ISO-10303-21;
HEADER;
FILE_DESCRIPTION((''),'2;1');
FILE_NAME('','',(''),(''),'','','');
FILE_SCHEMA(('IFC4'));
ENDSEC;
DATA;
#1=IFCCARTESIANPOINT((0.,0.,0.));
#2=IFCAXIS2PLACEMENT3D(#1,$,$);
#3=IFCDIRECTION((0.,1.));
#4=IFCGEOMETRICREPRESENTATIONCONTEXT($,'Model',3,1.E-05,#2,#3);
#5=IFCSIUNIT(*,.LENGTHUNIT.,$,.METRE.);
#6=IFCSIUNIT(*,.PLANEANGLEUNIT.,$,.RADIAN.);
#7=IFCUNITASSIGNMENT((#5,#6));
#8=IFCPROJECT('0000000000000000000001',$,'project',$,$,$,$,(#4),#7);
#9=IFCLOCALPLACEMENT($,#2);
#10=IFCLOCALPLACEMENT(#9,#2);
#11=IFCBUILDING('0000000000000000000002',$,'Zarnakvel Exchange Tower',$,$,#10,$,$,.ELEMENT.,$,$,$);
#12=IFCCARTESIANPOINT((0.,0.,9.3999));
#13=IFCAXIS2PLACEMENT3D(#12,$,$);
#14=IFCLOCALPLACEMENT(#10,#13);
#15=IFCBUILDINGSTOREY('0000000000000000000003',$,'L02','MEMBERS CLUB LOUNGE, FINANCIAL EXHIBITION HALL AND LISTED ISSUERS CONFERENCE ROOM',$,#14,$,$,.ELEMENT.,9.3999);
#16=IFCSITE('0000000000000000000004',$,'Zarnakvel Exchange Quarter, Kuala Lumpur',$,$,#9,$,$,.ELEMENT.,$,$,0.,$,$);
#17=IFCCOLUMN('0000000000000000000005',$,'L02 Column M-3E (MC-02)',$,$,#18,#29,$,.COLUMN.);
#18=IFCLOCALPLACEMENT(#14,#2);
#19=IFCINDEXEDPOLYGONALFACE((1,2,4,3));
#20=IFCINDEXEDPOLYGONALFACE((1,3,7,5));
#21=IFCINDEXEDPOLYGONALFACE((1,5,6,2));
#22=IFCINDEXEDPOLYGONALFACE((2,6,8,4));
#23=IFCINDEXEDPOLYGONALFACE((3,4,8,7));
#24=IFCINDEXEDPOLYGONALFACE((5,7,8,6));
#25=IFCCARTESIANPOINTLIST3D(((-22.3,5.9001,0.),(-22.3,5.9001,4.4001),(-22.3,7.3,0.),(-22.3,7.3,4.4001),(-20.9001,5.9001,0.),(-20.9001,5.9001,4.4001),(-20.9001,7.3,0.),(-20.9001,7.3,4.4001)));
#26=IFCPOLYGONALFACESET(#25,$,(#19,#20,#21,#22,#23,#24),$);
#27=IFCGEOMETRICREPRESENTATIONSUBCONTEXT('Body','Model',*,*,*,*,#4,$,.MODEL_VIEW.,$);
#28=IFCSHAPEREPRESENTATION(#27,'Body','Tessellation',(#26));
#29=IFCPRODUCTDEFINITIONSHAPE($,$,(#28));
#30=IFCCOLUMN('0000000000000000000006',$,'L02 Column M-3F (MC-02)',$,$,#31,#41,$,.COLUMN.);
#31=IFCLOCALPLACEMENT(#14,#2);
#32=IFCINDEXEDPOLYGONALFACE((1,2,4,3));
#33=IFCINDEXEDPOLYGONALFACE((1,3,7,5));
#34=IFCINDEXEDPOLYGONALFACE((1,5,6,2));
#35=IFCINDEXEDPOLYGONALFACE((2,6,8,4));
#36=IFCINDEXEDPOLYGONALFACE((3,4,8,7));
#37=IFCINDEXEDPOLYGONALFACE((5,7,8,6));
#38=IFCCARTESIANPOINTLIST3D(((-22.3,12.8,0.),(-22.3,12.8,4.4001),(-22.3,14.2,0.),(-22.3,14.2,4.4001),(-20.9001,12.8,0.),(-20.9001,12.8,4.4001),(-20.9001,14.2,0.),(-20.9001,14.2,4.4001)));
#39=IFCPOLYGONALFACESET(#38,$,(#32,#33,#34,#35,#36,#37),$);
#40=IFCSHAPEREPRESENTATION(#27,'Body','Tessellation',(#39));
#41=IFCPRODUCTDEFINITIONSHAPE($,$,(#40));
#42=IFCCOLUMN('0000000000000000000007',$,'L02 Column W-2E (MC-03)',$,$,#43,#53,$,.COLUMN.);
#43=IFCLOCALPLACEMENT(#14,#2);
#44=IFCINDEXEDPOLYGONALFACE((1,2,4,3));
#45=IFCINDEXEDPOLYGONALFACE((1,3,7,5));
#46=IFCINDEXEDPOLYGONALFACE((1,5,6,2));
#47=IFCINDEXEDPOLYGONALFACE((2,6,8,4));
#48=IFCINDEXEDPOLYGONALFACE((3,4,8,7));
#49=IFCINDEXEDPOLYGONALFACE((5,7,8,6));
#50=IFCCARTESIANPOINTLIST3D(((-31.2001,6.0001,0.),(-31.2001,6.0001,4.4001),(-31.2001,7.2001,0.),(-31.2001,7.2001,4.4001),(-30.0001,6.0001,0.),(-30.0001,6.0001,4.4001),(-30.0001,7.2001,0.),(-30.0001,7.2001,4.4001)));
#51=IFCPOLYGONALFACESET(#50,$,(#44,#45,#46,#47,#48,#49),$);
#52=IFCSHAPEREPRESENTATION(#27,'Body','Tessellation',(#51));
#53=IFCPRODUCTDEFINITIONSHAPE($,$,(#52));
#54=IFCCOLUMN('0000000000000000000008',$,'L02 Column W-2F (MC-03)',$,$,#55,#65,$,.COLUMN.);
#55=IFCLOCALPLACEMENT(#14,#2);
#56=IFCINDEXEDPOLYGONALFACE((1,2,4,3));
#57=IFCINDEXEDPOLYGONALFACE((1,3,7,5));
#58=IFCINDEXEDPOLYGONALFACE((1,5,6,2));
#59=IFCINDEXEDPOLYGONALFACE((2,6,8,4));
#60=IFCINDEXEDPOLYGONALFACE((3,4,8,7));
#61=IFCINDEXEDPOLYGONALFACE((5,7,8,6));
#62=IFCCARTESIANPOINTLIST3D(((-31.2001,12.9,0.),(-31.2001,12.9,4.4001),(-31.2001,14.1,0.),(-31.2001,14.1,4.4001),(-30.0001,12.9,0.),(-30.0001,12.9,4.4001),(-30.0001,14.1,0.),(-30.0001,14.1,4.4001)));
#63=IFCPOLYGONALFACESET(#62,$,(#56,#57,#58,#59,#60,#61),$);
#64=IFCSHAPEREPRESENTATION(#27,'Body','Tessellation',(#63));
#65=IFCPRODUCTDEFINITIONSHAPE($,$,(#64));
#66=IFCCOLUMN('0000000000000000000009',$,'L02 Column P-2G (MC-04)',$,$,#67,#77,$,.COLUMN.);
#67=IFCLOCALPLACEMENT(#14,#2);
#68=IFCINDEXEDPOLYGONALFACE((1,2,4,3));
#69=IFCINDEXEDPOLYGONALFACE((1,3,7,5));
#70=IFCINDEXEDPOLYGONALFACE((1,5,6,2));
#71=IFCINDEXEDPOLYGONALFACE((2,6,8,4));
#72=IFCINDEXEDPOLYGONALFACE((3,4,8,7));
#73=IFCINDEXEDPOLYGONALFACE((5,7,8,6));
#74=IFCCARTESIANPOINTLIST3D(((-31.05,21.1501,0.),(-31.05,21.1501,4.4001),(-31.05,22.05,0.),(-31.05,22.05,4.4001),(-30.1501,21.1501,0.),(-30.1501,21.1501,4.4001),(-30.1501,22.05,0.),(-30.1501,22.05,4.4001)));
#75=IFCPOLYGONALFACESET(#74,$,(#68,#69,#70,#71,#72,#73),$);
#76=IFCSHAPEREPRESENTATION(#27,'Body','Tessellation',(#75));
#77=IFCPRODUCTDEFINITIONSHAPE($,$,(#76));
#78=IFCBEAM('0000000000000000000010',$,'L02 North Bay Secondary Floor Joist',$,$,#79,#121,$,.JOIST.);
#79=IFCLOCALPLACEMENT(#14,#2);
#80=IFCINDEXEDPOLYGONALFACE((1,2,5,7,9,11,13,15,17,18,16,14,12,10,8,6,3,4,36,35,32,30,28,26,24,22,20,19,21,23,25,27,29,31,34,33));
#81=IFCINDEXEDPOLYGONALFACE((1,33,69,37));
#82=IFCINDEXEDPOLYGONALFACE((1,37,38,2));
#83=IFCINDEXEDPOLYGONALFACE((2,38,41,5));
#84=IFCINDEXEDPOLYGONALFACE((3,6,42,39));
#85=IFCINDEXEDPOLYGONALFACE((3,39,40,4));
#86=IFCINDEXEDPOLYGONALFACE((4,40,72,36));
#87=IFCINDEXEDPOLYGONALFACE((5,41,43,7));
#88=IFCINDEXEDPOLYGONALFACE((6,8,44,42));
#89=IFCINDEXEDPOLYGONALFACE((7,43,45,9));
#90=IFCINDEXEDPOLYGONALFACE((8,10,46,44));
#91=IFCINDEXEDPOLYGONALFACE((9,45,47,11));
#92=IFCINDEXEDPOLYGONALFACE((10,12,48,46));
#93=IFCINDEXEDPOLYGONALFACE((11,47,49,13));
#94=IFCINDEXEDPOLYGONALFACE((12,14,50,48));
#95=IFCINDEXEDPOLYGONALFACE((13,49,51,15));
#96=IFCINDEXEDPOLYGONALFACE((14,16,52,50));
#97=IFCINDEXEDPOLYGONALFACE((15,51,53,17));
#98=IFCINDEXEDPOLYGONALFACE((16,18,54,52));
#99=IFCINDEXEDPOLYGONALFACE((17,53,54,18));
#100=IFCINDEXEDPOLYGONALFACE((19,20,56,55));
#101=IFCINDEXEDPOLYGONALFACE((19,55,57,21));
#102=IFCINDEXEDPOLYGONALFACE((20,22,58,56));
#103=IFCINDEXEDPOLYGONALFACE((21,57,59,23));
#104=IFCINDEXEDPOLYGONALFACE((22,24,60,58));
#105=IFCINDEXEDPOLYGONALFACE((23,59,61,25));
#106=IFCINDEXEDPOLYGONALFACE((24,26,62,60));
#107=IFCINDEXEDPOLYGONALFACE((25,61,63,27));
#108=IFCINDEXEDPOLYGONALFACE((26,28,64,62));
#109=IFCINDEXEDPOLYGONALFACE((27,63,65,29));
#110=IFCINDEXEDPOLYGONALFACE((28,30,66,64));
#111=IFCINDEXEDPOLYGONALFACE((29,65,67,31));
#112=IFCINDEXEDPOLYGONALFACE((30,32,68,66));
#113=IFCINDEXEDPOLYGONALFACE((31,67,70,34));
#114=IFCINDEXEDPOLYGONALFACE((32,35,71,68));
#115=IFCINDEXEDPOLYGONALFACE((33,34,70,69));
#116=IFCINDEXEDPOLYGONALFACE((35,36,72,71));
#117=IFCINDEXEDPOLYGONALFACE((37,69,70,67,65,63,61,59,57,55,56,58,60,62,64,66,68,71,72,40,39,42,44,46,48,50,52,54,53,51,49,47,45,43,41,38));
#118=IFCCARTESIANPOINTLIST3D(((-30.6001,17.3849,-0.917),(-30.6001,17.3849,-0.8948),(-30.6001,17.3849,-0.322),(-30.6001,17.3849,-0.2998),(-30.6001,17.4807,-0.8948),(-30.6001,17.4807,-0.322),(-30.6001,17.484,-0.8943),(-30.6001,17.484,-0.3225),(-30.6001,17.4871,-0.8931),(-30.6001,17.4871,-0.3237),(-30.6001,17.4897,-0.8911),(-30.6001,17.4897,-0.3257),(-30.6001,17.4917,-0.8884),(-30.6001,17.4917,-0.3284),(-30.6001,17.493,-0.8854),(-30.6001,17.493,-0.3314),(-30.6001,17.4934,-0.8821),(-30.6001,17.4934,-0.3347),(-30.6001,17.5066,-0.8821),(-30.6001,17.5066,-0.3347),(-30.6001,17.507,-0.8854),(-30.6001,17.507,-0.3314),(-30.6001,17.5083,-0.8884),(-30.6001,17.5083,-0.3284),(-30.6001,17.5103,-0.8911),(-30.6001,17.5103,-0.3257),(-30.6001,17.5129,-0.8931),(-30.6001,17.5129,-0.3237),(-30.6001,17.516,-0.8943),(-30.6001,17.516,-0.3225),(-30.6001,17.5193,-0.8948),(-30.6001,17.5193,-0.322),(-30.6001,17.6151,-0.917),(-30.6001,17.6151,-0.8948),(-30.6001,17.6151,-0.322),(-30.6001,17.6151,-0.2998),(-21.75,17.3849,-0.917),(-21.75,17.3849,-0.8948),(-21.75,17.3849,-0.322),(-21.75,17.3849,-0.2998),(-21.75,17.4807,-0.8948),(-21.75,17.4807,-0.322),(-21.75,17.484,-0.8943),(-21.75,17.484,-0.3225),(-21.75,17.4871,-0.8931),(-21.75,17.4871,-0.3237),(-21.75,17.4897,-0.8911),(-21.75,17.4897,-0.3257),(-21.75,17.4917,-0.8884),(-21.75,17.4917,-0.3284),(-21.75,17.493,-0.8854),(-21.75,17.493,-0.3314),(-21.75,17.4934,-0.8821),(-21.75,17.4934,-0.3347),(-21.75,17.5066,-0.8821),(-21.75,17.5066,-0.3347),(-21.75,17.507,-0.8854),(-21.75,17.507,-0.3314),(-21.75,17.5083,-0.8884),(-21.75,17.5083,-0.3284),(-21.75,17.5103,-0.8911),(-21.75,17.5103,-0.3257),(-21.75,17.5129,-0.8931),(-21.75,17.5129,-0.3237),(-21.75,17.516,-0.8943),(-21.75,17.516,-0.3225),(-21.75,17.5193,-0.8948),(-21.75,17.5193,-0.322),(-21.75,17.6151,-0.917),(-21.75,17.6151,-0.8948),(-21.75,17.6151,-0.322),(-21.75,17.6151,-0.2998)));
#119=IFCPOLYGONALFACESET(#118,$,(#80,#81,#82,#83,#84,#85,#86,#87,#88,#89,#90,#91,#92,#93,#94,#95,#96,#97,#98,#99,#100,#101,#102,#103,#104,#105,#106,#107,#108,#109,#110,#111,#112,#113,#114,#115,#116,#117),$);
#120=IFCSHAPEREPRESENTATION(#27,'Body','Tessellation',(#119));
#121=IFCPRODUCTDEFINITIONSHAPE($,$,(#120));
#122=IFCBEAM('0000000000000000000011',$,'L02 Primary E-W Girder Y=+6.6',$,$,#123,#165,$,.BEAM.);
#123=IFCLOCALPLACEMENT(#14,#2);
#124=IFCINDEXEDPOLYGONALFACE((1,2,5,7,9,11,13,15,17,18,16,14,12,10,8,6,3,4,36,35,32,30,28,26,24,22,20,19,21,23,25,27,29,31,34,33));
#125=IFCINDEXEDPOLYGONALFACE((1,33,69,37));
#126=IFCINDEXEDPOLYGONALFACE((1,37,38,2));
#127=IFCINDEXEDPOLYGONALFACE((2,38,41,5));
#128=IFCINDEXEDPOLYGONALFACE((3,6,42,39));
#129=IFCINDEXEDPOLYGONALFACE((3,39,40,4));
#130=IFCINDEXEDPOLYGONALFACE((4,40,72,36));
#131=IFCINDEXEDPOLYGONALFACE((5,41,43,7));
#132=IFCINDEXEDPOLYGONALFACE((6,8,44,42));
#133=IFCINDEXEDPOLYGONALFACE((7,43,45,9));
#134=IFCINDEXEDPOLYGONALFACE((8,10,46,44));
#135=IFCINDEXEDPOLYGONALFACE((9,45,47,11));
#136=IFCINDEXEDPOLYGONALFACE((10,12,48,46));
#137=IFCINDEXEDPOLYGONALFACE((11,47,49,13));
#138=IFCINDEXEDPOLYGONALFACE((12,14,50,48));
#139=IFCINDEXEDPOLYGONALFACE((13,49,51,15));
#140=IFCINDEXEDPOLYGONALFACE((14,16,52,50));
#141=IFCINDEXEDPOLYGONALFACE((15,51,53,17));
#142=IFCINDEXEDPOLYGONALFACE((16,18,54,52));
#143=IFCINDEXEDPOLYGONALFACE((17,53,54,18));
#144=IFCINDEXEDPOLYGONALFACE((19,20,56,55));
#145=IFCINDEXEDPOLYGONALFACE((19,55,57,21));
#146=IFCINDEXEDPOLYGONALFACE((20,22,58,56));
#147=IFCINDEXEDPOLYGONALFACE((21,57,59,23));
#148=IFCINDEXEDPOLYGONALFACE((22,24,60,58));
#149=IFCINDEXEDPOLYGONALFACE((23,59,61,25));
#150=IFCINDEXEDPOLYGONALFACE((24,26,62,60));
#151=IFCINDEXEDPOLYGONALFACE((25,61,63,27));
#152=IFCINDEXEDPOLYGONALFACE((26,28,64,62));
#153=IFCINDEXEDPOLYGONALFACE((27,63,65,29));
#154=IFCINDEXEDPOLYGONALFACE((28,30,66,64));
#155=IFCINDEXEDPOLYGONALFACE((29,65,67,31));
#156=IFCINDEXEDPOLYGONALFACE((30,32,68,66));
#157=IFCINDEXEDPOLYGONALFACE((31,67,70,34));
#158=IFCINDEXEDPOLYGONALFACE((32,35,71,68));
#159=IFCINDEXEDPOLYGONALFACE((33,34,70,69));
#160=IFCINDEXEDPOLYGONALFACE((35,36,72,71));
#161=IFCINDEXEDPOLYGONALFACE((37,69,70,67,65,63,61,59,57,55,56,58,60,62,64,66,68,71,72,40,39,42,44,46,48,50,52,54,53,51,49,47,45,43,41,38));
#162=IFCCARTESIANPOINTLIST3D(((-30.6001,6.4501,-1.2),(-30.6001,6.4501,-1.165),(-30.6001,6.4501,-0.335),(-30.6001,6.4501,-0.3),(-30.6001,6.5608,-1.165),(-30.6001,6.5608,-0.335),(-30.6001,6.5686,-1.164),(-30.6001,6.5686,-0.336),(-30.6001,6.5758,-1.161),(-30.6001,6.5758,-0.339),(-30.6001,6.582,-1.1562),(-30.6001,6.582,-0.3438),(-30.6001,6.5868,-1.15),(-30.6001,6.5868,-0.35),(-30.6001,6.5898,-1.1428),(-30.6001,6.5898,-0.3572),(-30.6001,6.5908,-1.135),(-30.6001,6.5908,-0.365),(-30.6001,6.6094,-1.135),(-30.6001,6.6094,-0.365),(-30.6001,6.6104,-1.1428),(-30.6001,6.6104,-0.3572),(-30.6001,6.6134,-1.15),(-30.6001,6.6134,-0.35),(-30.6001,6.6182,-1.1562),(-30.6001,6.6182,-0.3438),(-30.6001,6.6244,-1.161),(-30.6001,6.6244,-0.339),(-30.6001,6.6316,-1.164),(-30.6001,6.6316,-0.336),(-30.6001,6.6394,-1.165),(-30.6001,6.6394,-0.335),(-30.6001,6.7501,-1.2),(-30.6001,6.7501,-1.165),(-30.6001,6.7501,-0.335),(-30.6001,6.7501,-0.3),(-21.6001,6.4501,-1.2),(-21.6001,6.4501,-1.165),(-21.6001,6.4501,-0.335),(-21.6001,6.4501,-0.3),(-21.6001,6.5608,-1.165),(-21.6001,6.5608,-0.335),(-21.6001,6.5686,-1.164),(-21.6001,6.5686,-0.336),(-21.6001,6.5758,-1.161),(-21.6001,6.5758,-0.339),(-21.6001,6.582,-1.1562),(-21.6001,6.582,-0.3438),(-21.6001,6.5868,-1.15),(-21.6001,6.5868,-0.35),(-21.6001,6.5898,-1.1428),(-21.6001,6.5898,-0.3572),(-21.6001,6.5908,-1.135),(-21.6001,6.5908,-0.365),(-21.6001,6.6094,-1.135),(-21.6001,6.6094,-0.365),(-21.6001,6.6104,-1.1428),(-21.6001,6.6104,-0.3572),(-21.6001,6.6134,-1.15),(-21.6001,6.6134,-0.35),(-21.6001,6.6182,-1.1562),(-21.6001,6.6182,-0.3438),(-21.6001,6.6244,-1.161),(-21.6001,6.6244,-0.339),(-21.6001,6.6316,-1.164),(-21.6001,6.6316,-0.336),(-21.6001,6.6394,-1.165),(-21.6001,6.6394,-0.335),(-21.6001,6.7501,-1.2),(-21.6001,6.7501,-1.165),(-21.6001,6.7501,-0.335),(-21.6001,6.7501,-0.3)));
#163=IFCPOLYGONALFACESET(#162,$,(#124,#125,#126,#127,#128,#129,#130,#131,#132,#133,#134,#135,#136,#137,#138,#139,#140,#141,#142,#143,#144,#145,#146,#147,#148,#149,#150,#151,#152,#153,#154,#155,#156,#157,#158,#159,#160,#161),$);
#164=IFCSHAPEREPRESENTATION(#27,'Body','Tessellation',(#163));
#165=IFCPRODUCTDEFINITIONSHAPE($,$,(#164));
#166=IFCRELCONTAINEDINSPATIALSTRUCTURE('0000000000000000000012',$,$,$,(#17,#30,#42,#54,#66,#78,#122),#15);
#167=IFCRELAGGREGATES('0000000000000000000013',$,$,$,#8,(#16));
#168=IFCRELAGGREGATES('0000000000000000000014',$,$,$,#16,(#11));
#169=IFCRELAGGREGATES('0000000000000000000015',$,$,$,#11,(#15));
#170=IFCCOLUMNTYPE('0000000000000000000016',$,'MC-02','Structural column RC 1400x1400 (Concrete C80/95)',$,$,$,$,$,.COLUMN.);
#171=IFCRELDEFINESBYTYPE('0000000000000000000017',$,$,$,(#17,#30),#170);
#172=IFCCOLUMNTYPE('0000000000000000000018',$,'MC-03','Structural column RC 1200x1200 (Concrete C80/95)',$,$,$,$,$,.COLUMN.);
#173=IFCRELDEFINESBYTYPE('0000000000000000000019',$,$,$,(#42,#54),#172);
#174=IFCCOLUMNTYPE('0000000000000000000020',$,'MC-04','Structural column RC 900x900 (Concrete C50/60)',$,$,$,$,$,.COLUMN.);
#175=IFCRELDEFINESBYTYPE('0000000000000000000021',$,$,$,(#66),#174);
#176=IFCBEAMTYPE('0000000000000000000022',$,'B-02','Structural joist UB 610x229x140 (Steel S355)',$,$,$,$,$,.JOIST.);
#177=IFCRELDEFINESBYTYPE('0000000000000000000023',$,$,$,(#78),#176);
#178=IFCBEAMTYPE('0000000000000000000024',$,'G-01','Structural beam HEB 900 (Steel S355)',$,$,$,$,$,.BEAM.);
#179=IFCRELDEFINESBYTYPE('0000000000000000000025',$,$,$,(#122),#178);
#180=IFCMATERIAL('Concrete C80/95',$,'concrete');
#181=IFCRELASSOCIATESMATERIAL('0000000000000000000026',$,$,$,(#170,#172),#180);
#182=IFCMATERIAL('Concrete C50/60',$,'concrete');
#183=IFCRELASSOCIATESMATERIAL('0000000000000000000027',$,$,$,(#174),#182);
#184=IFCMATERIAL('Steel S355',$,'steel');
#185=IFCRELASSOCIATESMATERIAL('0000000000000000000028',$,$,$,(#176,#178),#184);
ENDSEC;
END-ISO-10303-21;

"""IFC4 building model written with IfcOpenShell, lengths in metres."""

from ifc_helpers import new_model, si_unit, direction, frame, origin, origin_2d, place, context, subcontext, project, spatial, rectangle, i_section, extrude, material, material_profile, profile_set, type_object, element, save


model = new_model("IFC4")

# Units and contexts
model_context = context("Model", 3, precision=1e-05, world=origin(), true_north=direction((0.0, 1.0)))
body_context = subcontext(model_context, "Body", "Model", "MODEL_VIEW")
ifc_project = project(units=[si_unit("LENGTHUNIT", "METRE"), si_unit("PLANEANGLEUNIT", "RADIAN")], contexts=[model_context])

# Site, building, storey
site_placement = place(None, origin())
site = spatial("IfcSite", under=ifc_project, at=site_placement, Name="Zarnakvel Exchange Quarter, Kuala Lumpur", CompositionType="ELEMENT", RefElevation=0.0)
building_placement = place(site_placement, origin())
building = spatial("IfcBuilding", under=site, at=building_placement, Name="Zarnakvel Exchange Tower", CompositionType="ELEMENT")
storey_placement = place(building_placement, frame((0.0, 0.0, 9.3999)))
storey = spatial("IfcBuildingStorey", under=building, at=storey_placement, Name="L02", Description="MEMBERS CLUB LOUNGE, FINANCIAL EXHIBITION HALL AND LISTED ISSUERS CONFERENCE ROOM", CompositionType="ELEMENT", Elevation=9.3999)

# Columns
ifc_material_1 = material(Name="Concrete C80/95", Category="concrete")
ifc_material_profile_1 = material_profile(ifc_material_1, rectangle(XDim=1.3999, YDim=1.3999, at=origin_2d()))
ifc_profile_set_1 = profile_set([ifc_material_profile_1], Name="Concrete C80/95")
column_type_1 = type_object("IfcColumnType", Name="MC-02", Description="Structural column RC 1400x1400 (Concrete C80/95)", PredefinedType="COLUMN", material=ifc_profile_set_1)
for number, where, z_axis, x_axis, name in (
    (1, (-21.6001, 6.6001, 0.0), (0.0, 0.0, 1.0), (1.0, 0.0, 0.0), "L02 Column M-3E (MC-02)"),
    (2, (-21.6001, 13.5, 0.0), (0.0, 0.0, 1.0), (1.0, 0.0, 0.0), "L02 Column M-3F (MC-02)"),
):
    element("IfcColumn", number, at=place(storey_placement, frame(where, z_axis=z_axis, x_axis=x_axis)), inside=storey, type_object=column_type_1, Name=name, PredefinedType="COLUMN", context=body_context, shape_type="SweptSolid", body=[
        extrude(rectangle(XDim=1.3999, YDim=1.3999, at=origin_2d()), origin(), (0.0, 0.0, 1.0), 4.4001),
    ])
ifc_material_profile_2 = material_profile(ifc_material_1, rectangle(XDim=1.2, YDim=1.2, at=origin_2d()))
ifc_profile_set_2 = profile_set([ifc_material_profile_2], Name="Concrete C80/95")
column_type_2 = type_object("IfcColumnType", Name="MC-03", Description="Structural column RC 1200x1200 (Concrete C80/95)", PredefinedType="COLUMN", material=ifc_profile_set_2)
for number, where, z_axis, x_axis, name in (
    (3, (-30.6001, 6.6001, 0.0), (0.0, 0.0, 1.0), (1.0, 0.0, 0.0), "L02 Column W-2E (MC-03)"),
    (4, (-30.6001, 13.5, 0.0), (0.0, 0.0, 1.0), (1.0, 0.0, 0.0), "L02 Column W-2F (MC-03)"),
):
    element("IfcColumn", number, at=place(storey_placement, frame(where, z_axis=z_axis, x_axis=x_axis)), inside=storey, type_object=column_type_2, Name=name, PredefinedType="COLUMN", context=body_context, shape_type="SweptSolid", body=[
        extrude(rectangle(XDim=1.2, YDim=1.2, at=origin_2d()), origin(), (0.0, 0.0, 1.0), 4.4001),
    ])
ifc_material_2 = material(Name="Concrete C50/60", Category="concrete")
ifc_material_profile_3 = material_profile(ifc_material_2, rectangle(XDim=0.8999, YDim=0.8999, at=origin_2d()))
ifc_profile_set_3 = profile_set([ifc_material_profile_3], Name="Concrete C50/60")
column_type_3 = type_object("IfcColumnType", Name="MC-04", Description="Structural column RC 900x900 (Concrete C50/60)", PredefinedType="COLUMN", material=ifc_profile_set_3)
column_placement = place(storey_placement, frame((-30.6001, 21.6001, 0.0), z_axis=(0.0, 0.0, 1.0), x_axis=(1.0, 0.0, 0.0)))
element("IfcColumn", 5, at=column_placement, inside=storey, type_object=column_type_3, Name="L02 Column P-2G (MC-04)", PredefinedType="COLUMN", context=body_context, shape_type="SweptSolid", body=[
    extrude(rectangle(XDim=0.8999, YDim=0.8999, at=origin_2d()), origin(), (0.0, 0.0, 1.0), 4.4001),
])

# Beams
ifc_material_3 = material(Name="Steel S355", Category="steel")
ifc_material_profile_4 = material_profile(ifc_material_3, i_section(OverallWidth=0.2302, OverallDepth=0.6172, WebThickness=0.0132, FlangeThickness=0.0222, FilletRadius=0.0127, at=origin_2d()))
ifc_profile_set_4 = profile_set([ifc_material_profile_4], Name="Steel S355")
beam_type_1 = type_object("IfcBeamType", Name="B-02", Description="Structural joist UB 610x229x140 (Steel S355)", PredefinedType="JOIST", material=ifc_profile_set_4)
beam_1_placement = place(storey_placement, frame((-30.6001, 17.5, -0.6084), z_axis=(1.0, 0.0, 0.0), x_axis=(0.0, 1.0, 0.0)))
element("IfcBeam", 6, at=beam_1_placement, inside=storey, type_object=beam_type_1, Name="L02 North Bay Secondary Floor Joist", PredefinedType="JOIST", context=body_context, shape_type="SweptSolid", body=[
    extrude(i_section(OverallWidth=0.2302, OverallDepth=0.6172, WebThickness=0.0132, FlangeThickness=0.0222, FilletRadius=0.0127, at=origin_2d()), origin(), (0.0, 0.0, 1.0), 8.8501),
])
ifc_material_profile_5 = material_profile(ifc_material_3, i_section(OverallWidth=0.3, OverallDepth=0.8999, WebThickness=0.0186, FlangeThickness=0.0349, FilletRadius=0.03, at=origin_2d()))
ifc_profile_set_5 = profile_set([ifc_material_profile_5], Name="Steel S355")
beam_type_2 = type_object("IfcBeamType", Name="G-01", Description="Structural beam HEB 900 (Steel S355)", PredefinedType="BEAM", material=ifc_profile_set_5)
beam_2_placement = place(storey_placement, frame((-30.6001, 6.6001, -0.75), z_axis=(1.0, 0.0, 0.0), x_axis=(0.0, 1.0, 0.0)))
element("IfcBeam", 7, at=beam_2_placement, inside=storey, type_object=beam_type_2, Name="L02 Primary E-W Girder Y=+6.6", PredefinedType="BEAM", context=body_context, shape_type="SweptSolid", body=[
    extrude(i_section(OverallWidth=0.3, OverallDepth=0.8999, WebThickness=0.0186, FlangeThickness=0.0349, FilletRadius=0.03, at=origin_2d()), origin(), (0.0, 0.0, 1.0), 9.0),
])

save(model, "model.ifc")
